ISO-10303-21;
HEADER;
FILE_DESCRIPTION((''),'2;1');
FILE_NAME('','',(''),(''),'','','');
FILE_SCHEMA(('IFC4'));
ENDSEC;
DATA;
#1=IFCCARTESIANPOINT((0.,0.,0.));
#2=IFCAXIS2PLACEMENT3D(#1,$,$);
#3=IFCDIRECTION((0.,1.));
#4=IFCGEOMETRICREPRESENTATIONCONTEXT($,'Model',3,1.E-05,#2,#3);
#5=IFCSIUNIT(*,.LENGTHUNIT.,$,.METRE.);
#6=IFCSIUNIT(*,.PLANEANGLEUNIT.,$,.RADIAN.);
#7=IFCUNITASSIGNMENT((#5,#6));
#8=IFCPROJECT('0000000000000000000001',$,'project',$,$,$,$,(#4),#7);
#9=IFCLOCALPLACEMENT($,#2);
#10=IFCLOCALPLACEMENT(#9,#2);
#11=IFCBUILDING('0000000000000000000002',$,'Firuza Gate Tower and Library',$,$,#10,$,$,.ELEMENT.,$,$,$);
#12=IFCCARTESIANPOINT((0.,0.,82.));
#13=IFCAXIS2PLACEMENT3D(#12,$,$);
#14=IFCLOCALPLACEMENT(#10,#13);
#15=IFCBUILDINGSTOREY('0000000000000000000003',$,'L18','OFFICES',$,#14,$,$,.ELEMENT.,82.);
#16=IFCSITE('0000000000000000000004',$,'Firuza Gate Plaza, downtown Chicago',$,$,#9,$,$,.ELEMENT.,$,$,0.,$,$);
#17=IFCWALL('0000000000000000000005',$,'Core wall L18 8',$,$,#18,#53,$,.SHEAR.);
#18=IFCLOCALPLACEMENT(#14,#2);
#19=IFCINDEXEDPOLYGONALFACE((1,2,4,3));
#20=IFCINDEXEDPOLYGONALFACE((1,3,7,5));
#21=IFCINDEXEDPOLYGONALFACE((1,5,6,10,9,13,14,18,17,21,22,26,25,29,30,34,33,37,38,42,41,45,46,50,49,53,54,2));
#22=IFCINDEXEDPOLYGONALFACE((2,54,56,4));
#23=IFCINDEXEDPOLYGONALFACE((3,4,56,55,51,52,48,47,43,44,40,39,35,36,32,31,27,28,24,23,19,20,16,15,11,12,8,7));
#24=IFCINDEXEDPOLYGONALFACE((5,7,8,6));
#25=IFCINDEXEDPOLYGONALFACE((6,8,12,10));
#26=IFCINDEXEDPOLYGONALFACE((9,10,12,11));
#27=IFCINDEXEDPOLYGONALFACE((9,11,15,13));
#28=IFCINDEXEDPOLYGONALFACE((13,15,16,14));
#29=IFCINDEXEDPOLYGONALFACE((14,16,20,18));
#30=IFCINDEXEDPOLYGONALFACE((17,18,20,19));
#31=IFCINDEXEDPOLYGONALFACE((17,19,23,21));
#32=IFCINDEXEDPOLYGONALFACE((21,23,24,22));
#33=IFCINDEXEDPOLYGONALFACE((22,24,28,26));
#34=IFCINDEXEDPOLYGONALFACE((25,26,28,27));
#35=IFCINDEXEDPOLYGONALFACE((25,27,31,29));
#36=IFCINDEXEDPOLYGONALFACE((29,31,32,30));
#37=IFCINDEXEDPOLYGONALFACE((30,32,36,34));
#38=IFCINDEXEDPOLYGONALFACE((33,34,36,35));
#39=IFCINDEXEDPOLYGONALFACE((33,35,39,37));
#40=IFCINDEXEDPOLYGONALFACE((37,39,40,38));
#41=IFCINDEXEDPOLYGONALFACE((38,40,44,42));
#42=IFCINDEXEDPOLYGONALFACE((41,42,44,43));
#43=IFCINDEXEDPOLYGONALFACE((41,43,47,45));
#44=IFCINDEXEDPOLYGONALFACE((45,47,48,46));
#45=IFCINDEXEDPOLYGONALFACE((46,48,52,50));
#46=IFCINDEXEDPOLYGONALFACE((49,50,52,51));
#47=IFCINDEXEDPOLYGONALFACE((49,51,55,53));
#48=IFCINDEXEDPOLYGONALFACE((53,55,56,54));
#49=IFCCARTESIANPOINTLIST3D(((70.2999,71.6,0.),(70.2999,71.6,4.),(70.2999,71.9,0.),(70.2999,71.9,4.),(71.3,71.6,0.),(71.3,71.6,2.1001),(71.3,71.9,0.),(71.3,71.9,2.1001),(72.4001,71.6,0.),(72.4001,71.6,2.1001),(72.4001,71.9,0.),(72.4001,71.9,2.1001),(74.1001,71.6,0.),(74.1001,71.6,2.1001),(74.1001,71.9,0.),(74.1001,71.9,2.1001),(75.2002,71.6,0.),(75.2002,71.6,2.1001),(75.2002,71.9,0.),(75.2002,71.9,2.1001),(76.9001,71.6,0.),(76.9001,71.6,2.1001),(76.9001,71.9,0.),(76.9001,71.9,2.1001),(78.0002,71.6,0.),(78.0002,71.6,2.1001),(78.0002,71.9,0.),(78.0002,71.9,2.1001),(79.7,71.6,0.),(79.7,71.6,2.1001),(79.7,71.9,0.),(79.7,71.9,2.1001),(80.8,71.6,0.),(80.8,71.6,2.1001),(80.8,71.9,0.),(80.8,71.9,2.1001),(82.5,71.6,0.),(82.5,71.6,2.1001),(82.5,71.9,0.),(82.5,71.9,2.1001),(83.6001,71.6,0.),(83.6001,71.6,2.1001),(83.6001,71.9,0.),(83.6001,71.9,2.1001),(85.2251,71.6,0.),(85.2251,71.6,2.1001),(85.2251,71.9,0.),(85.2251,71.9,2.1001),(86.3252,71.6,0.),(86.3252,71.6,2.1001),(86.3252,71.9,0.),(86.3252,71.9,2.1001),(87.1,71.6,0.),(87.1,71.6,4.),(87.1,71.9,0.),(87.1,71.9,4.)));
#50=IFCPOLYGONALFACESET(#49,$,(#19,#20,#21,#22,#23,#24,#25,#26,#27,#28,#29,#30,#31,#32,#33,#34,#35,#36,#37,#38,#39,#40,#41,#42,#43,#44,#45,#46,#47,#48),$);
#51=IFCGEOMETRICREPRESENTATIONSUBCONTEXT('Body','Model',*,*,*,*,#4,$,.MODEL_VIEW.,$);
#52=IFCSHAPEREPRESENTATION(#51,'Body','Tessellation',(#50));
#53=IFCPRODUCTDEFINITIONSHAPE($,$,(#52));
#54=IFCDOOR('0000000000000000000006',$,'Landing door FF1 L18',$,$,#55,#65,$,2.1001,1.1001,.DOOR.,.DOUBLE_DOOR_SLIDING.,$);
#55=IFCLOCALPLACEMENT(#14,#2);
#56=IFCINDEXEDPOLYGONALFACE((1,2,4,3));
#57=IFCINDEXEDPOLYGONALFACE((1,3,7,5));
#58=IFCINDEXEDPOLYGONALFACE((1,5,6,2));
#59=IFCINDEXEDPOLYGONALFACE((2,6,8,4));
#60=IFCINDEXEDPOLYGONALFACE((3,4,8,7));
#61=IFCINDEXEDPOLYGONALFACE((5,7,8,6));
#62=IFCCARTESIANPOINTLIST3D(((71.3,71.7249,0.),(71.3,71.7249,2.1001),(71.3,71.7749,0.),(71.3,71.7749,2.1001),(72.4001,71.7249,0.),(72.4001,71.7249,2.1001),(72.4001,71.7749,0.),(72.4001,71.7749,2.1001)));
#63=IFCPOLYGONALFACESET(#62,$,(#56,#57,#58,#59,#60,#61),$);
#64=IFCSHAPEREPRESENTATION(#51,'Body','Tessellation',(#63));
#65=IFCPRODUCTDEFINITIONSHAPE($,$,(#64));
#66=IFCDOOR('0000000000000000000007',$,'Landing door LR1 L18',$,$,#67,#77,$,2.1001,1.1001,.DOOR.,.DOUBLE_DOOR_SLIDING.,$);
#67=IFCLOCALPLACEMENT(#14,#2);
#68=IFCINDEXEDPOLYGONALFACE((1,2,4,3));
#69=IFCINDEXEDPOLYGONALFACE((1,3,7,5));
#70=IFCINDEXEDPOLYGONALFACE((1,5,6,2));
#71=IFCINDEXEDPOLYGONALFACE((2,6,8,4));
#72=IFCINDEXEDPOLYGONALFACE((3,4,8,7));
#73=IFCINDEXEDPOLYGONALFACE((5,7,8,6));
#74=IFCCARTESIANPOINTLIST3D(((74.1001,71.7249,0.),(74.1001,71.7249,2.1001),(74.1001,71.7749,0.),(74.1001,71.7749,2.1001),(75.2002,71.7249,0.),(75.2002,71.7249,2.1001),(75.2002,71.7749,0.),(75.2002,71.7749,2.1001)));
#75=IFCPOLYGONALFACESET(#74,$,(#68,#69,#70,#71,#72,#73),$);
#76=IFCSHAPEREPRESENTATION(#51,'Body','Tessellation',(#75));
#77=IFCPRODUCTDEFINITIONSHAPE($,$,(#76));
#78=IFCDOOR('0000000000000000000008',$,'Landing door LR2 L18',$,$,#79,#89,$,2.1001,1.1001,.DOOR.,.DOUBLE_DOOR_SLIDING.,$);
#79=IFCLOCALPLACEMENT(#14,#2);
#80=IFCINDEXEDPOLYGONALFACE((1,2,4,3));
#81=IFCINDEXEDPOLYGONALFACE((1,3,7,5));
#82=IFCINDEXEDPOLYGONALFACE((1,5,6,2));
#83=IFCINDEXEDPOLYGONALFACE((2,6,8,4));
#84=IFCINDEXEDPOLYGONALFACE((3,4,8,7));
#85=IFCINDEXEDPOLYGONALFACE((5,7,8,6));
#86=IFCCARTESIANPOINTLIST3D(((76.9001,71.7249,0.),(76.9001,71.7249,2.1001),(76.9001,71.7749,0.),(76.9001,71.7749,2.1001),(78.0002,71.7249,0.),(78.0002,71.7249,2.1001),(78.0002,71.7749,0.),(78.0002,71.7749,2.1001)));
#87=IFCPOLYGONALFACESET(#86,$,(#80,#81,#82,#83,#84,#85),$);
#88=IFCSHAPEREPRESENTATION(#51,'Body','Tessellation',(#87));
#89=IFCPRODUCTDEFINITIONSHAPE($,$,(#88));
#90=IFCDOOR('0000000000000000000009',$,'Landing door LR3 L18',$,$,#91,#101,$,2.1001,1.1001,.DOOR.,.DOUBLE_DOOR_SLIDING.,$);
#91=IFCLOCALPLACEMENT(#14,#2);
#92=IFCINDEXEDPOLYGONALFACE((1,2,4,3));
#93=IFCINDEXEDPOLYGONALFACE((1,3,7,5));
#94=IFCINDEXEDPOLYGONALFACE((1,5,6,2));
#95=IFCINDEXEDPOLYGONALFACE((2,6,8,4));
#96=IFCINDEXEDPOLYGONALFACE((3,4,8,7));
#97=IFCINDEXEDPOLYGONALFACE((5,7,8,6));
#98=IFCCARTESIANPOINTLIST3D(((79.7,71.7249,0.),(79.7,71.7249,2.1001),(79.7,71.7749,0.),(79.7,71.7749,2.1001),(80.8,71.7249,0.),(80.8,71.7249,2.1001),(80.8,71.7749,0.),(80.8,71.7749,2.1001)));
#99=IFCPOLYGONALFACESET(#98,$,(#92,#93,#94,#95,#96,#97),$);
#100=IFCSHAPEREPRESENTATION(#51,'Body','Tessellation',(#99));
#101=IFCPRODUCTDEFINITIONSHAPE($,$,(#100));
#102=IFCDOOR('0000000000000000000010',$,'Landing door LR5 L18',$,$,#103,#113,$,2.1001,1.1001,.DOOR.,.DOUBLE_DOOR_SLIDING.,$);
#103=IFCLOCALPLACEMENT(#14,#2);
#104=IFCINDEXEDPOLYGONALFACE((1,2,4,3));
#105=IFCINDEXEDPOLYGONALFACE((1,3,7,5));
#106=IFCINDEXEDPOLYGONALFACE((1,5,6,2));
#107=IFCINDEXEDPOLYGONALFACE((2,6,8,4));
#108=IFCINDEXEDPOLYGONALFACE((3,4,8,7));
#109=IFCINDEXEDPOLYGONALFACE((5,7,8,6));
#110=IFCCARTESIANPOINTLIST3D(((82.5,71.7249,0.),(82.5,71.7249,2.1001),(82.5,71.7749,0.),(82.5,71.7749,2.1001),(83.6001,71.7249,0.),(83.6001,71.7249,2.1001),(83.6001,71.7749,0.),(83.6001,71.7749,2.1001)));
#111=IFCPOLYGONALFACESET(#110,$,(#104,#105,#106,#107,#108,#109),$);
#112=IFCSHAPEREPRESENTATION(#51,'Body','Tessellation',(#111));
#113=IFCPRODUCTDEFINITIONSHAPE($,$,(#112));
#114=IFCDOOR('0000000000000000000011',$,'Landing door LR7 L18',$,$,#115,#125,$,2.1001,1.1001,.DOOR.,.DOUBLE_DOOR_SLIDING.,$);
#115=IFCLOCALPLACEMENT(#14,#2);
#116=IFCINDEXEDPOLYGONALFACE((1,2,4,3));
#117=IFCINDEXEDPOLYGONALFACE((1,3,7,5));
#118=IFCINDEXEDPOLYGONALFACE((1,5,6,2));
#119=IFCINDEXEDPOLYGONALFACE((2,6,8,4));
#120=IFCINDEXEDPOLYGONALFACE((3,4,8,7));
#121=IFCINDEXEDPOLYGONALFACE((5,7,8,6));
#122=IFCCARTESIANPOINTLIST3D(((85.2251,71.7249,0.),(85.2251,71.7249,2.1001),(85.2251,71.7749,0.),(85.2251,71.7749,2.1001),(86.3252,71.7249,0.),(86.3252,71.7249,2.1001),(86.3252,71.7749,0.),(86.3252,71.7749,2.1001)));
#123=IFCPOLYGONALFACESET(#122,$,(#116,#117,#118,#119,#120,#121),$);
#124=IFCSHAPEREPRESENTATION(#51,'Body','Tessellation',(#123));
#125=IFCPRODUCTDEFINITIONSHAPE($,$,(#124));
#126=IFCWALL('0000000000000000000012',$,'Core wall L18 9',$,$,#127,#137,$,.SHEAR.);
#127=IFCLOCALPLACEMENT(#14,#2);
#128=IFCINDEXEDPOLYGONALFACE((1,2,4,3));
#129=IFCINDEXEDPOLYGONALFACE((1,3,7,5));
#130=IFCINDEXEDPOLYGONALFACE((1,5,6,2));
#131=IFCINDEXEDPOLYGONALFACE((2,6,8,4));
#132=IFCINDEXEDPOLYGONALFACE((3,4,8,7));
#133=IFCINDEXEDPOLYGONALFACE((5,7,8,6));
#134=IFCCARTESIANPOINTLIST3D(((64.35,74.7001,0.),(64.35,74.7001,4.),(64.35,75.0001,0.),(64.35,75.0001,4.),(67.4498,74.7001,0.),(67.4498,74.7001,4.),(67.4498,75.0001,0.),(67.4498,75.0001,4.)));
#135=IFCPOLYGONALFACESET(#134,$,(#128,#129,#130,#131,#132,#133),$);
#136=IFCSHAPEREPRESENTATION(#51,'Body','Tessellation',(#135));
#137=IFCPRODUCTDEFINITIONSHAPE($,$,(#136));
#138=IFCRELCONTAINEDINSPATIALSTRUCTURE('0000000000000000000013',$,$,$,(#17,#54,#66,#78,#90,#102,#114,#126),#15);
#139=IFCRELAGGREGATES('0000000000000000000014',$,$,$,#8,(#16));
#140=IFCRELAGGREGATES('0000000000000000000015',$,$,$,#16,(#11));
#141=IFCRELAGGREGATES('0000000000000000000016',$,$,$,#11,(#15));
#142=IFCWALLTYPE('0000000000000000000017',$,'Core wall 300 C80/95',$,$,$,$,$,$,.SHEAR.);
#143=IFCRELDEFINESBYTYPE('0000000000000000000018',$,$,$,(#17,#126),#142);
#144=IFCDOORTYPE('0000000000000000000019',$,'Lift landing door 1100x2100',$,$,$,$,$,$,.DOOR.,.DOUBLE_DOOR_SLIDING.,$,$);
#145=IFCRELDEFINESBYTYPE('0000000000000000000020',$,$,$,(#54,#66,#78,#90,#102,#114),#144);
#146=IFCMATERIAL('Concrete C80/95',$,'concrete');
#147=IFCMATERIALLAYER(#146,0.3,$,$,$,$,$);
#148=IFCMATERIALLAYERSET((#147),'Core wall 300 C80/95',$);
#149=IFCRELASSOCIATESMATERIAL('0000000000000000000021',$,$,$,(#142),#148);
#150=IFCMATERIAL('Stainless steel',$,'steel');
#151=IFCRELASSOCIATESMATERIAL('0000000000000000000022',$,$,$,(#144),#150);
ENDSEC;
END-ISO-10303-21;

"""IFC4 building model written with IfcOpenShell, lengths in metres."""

from ifc_helpers import new_model, si_unit, direction, frame, frame_2d, origin, place, context, subcontext, project, spatial, rectangle, extrude, material, layer, layer_set, type_object, element, fill, save


model = new_model("IFC4")

# Units and contexts
model_context = context("Model", 3, precision=1e-05, world=origin(), true_north=direction((0.0, 1.0)))
body_context = subcontext(model_context, "Body", "Model", "MODEL_VIEW")
ifc_project = project(units=[si_unit("LENGTHUNIT", "METRE"), si_unit("PLANEANGLEUNIT", "RADIAN")], contexts=[model_context])

# Site, building, storey
site_placement = place(None, origin())
site = spatial("IfcSite", under=ifc_project, at=site_placement, Name="Firuza Gate Plaza, downtown Chicago", CompositionType="ELEMENT", RefElevation=0.0)
building_placement = place(site_placement, origin())
building = spatial("IfcBuilding", under=site, at=building_placement, Name="Firuza Gate Tower and Library", CompositionType="ELEMENT")
storey_placement = place(building_placement, frame((0.0, 0.0, 82.0)))
storey = spatial("IfcBuildingStorey", under=building, at=storey_placement, Name="L18", Description="OFFICES", CompositionType="ELEMENT", Elevation=82.0)

# Shared definitions
ifc_material_1 = material(Name="Concrete C80/95", Category="concrete")
ifc_layer_1 = layer(ifc_material_1, 0.3)
ifc_layer_set_1 = layer_set([ifc_layer_1], Name="Core wall 300 C80/95")
wall_type_1 = type_object("IfcWallType", Name="Core wall 300 C80/95", PredefinedType="SHEAR", material=ifc_layer_set_1)

# Wall, openings, doors
wall_1_placement = place(storey_placement, frame((70.3, 71.75, 0.0), z_axis=(0.0, 0.0, 1.0), x_axis=(1.0, 0.0, 0.0)))
wall_1 = element("IfcWall", 1, at=wall_1_placement, inside=storey, type_object=wall_type_1, Name="Core wall L18 8", PredefinedType="SHEAR", context=body_context, shape_type="SweptSolid", body=[
    extrude(rectangle(XDim=16.8, YDim=0.3, at=frame_2d((8.3999, 0.0))), origin(), (0.0, 0.0, 1.0), 4.0),
])
opening_1_placement = place(wall_1_placement, frame((1.0, 0.0, 0.0)))
opening_1 = element("IfcOpeningElement", 2, at=opening_1_placement, cuts=wall_1, PredefinedType="OPENING", context=body_context, shape_type="SweptSolid", body=[
    extrude(rectangle(XDim=1.1001, YDim=2.1001, at=frame_2d((0.55, 1.05))), frame((0.0, 0.1602, 0.0), z_axis=(0.0, -1.0, 0.0), x_axis=(1.0, 0.0, 0.0)), (0.0, 0.0, 1.0), 0.3201),
])
opening_2_placement = place(wall_1_placement, frame((3.8, 0.0, 0.0)))
opening_2 = element("IfcOpeningElement", 3, at=opening_2_placement, cuts=wall_1, PredefinedType="OPENING", context=body_context, shape_type="SweptSolid", body=[
    extrude(rectangle(XDim=1.1001, YDim=2.1001, at=frame_2d((0.55, 1.05))), frame((0.0, 0.1602, 0.0), z_axis=(0.0, -1.0, 0.0), x_axis=(1.0, 0.0, 0.0)), (0.0, 0.0, 1.0), 0.3201),
])
opening_3_placement = place(wall_1_placement, frame((6.6001, 0.0, 0.0)))
opening_3 = element("IfcOpeningElement", 4, at=opening_3_placement, cuts=wall_1, PredefinedType="OPENING", context=body_context, shape_type="SweptSolid", body=[
    extrude(rectangle(XDim=1.1001, YDim=2.1001, at=frame_2d((0.55, 1.05))), frame((0.0, 0.1602, 0.0), z_axis=(0.0, -1.0, 0.0), x_axis=(1.0, 0.0, 0.0)), (0.0, 0.0, 1.0), 0.3201),
])
opening_4_placement = place(wall_1_placement, frame((9.3999, 0.0, 0.0)))
opening_4 = element("IfcOpeningElement", 5, at=opening_4_placement, cuts=wall_1, PredefinedType="OPENING", context=body_context, shape_type="SweptSolid", body=[
    extrude(rectangle(XDim=1.1001, YDim=2.1001, at=frame_2d((0.55, 1.05))), frame((0.0, 0.1602, 0.0), z_axis=(0.0, -1.0, 0.0), x_axis=(1.0, 0.0, 0.0)), (0.0, 0.0, 1.0), 0.3201),
])
opening_5_placement = place(wall_1_placement, frame((12.2, 0.0, 0.0)))
opening_5 = element("IfcOpeningElement", 6, at=opening_5_placement, cuts=wall_1, PredefinedType="OPENING", context=body_context, shape_type="SweptSolid", body=[
    extrude(rectangle(XDim=1.1001, YDim=2.1001, at=frame_2d((0.55, 1.05))), frame((0.0, 0.1602, 0.0), z_axis=(0.0, -1.0, 0.0), x_axis=(1.0, 0.0, 0.0)), (0.0, 0.0, 1.0), 0.3201),
])
opening_6_placement = place(wall_1_placement, frame((14.925, 0.0, 0.0)))
opening_6 = element("IfcOpeningElement", 7, at=opening_6_placement, cuts=wall_1, PredefinedType="OPENING", context=body_context, shape_type="SweptSolid", body=[
    extrude(rectangle(XDim=1.1001, YDim=2.1001, at=frame_2d((0.55, 1.05))), frame((0.0, 0.1602, 0.0), z_axis=(0.0, -1.0, 0.0), x_axis=(1.0, 0.0, 0.0)), (0.0, 0.0, 1.0), 0.3201),
])
ifc_material_2 = material(Name="Stainless steel", Category="steel")
door_type_1 = type_object("IfcDoorType", Name="Lift landing door 1100x2100", OperationType="DOUBLE_DOOR_SLIDING", PredefinedType="DOOR", material=ifc_material_2)
door_1_placement = place(opening_1_placement, origin())
door_1 = element("IfcDoor", 8, at=door_1_placement, inside=storey, type_object=door_type_1, Name="Landing door FF1 L18", OperationType="DOUBLE_DOOR_SLIDING", OverallHeight=2.1001, OverallWidth=1.1001, PredefinedType="DOOR", context=body_context, shape_type="SweptSolid", body=[
    extrude(rectangle(XDim=1.1001, YDim=2.1001, at=frame_2d((0.55, 1.05))), frame((0.0, 0.0249, 0.0), z_axis=(0.0, -1.0, 0.0), x_axis=(1.0, 0.0, 0.0)), (0.0, 0.0, 1.0), 0.05),
])
fill(opening_1, door_1)
door_2_placement = place(opening_2_placement, origin())
door_2 = element("IfcDoor", 9, at=door_2_placement, inside=storey, type_object=door_type_1, Name="Landing door LR1 L18", OperationType="DOUBLE_DOOR_SLIDING", OverallHeight=2.1001, OverallWidth=1.1001, PredefinedType="DOOR", context=body_context, shape_type="SweptSolid", body=[
    extrude(rectangle(XDim=1.1001, YDim=2.1001, at=frame_2d((0.55, 1.05))), frame((0.0, 0.0249, 0.0), z_axis=(0.0, -1.0, 0.0), x_axis=(1.0, 0.0, 0.0)), (0.0, 0.0, 1.0), 0.05),
])
fill(opening_2, door_2)
door_3_placement = place(opening_3_placement, origin())
door_3 = element("IfcDoor", 10, at=door_3_placement, inside=storey, type_object=door_type_1, Name="Landing door LR2 L18", OperationType="DOUBLE_DOOR_SLIDING", OverallHeight=2.1001, OverallWidth=1.1001, PredefinedType="DOOR", context=body_context, shape_type="SweptSolid", body=[
    extrude(rectangle(XDim=1.1001, YDim=2.1001, at=frame_2d((0.55, 1.05))), frame((0.0, 0.0249, 0.0), z_axis=(0.0, -1.0, 0.0), x_axis=(1.0, 0.0, 0.0)), (0.0, 0.0, 1.0), 0.05),
])
fill(opening_3, door_3)
door_4_placement = place(opening_4_placement, origin())
door_4 = element("IfcDoor", 11, at=door_4_placement, inside=storey, type_object=door_type_1, Name="Landing door LR3 L18", OperationType="DOUBLE_DOOR_SLIDING", OverallHeight=2.1001, OverallWidth=1.1001, PredefinedType="DOOR", context=body_context, shape_type="SweptSolid", body=[
    extrude(rectangle(XDim=1.1001, YDim=2.1001, at=frame_2d((0.55, 1.05))), frame((0.0, 0.0249, 0.0), z_axis=(0.0, -1.0, 0.0), x_axis=(1.0, 0.0, 0.0)), (0.0, 0.0, 1.0), 0.05),
])
fill(opening_4, door_4)
door_5_placement = place(opening_5_placement, origin())
door_5 = element("IfcDoor", 12, at=door_5_placement, inside=storey, type_object=door_type_1, Name="Landing door LR5 L18", OperationType="DOUBLE_DOOR_SLIDING", OverallHeight=2.1001, OverallWidth=1.1001, PredefinedType="DOOR", context=body_context, shape_type="SweptSolid", body=[
    extrude(rectangle(XDim=1.1001, YDim=2.1001, at=frame_2d((0.55, 1.05))), frame((0.0, 0.0249, 0.0), z_axis=(0.0, -1.0, 0.0), x_axis=(1.0, 0.0, 0.0)), (0.0, 0.0, 1.0), 0.05),
])
fill(opening_5, door_5)
door_6_placement = place(opening_6_placement, origin())
door_6 = element("IfcDoor", 13, at=door_6_placement, inside=storey, type_object=door_type_1, Name="Landing door LR7 L18", OperationType="DOUBLE_DOOR_SLIDING", OverallHeight=2.1001, OverallWidth=1.1001, PredefinedType="DOOR", context=body_context, shape_type="SweptSolid", body=[
    extrude(rectangle(XDim=1.1001, YDim=2.1001, at=frame_2d((0.55, 1.05))), frame((0.0, 0.0249, 0.0), z_axis=(0.0, -1.0, 0.0), x_axis=(1.0, 0.0, 0.0)), (0.0, 0.0, 1.0), 0.05),
])
fill(opening_6, door_6)

# Wall
wall_2_placement = place(storey_placement, frame((64.3501, 74.8501, 0.0), z_axis=(0.0, 0.0, 1.0), x_axis=(1.0, 0.0, 0.0)))
element("IfcWall", 14, at=wall_2_placement, inside=storey, type_object=wall_type_1, Name="Core wall L18 9", PredefinedType="SHEAR", context=body_context, shape_type="SweptSolid", body=[
    extrude(rectangle(XDim=3.0999, YDim=0.3, at=frame_2d((1.5498, 0.0))), origin(), (0.0, 0.0, 1.0), 4.0),
])

save(model, "model.ifc")
